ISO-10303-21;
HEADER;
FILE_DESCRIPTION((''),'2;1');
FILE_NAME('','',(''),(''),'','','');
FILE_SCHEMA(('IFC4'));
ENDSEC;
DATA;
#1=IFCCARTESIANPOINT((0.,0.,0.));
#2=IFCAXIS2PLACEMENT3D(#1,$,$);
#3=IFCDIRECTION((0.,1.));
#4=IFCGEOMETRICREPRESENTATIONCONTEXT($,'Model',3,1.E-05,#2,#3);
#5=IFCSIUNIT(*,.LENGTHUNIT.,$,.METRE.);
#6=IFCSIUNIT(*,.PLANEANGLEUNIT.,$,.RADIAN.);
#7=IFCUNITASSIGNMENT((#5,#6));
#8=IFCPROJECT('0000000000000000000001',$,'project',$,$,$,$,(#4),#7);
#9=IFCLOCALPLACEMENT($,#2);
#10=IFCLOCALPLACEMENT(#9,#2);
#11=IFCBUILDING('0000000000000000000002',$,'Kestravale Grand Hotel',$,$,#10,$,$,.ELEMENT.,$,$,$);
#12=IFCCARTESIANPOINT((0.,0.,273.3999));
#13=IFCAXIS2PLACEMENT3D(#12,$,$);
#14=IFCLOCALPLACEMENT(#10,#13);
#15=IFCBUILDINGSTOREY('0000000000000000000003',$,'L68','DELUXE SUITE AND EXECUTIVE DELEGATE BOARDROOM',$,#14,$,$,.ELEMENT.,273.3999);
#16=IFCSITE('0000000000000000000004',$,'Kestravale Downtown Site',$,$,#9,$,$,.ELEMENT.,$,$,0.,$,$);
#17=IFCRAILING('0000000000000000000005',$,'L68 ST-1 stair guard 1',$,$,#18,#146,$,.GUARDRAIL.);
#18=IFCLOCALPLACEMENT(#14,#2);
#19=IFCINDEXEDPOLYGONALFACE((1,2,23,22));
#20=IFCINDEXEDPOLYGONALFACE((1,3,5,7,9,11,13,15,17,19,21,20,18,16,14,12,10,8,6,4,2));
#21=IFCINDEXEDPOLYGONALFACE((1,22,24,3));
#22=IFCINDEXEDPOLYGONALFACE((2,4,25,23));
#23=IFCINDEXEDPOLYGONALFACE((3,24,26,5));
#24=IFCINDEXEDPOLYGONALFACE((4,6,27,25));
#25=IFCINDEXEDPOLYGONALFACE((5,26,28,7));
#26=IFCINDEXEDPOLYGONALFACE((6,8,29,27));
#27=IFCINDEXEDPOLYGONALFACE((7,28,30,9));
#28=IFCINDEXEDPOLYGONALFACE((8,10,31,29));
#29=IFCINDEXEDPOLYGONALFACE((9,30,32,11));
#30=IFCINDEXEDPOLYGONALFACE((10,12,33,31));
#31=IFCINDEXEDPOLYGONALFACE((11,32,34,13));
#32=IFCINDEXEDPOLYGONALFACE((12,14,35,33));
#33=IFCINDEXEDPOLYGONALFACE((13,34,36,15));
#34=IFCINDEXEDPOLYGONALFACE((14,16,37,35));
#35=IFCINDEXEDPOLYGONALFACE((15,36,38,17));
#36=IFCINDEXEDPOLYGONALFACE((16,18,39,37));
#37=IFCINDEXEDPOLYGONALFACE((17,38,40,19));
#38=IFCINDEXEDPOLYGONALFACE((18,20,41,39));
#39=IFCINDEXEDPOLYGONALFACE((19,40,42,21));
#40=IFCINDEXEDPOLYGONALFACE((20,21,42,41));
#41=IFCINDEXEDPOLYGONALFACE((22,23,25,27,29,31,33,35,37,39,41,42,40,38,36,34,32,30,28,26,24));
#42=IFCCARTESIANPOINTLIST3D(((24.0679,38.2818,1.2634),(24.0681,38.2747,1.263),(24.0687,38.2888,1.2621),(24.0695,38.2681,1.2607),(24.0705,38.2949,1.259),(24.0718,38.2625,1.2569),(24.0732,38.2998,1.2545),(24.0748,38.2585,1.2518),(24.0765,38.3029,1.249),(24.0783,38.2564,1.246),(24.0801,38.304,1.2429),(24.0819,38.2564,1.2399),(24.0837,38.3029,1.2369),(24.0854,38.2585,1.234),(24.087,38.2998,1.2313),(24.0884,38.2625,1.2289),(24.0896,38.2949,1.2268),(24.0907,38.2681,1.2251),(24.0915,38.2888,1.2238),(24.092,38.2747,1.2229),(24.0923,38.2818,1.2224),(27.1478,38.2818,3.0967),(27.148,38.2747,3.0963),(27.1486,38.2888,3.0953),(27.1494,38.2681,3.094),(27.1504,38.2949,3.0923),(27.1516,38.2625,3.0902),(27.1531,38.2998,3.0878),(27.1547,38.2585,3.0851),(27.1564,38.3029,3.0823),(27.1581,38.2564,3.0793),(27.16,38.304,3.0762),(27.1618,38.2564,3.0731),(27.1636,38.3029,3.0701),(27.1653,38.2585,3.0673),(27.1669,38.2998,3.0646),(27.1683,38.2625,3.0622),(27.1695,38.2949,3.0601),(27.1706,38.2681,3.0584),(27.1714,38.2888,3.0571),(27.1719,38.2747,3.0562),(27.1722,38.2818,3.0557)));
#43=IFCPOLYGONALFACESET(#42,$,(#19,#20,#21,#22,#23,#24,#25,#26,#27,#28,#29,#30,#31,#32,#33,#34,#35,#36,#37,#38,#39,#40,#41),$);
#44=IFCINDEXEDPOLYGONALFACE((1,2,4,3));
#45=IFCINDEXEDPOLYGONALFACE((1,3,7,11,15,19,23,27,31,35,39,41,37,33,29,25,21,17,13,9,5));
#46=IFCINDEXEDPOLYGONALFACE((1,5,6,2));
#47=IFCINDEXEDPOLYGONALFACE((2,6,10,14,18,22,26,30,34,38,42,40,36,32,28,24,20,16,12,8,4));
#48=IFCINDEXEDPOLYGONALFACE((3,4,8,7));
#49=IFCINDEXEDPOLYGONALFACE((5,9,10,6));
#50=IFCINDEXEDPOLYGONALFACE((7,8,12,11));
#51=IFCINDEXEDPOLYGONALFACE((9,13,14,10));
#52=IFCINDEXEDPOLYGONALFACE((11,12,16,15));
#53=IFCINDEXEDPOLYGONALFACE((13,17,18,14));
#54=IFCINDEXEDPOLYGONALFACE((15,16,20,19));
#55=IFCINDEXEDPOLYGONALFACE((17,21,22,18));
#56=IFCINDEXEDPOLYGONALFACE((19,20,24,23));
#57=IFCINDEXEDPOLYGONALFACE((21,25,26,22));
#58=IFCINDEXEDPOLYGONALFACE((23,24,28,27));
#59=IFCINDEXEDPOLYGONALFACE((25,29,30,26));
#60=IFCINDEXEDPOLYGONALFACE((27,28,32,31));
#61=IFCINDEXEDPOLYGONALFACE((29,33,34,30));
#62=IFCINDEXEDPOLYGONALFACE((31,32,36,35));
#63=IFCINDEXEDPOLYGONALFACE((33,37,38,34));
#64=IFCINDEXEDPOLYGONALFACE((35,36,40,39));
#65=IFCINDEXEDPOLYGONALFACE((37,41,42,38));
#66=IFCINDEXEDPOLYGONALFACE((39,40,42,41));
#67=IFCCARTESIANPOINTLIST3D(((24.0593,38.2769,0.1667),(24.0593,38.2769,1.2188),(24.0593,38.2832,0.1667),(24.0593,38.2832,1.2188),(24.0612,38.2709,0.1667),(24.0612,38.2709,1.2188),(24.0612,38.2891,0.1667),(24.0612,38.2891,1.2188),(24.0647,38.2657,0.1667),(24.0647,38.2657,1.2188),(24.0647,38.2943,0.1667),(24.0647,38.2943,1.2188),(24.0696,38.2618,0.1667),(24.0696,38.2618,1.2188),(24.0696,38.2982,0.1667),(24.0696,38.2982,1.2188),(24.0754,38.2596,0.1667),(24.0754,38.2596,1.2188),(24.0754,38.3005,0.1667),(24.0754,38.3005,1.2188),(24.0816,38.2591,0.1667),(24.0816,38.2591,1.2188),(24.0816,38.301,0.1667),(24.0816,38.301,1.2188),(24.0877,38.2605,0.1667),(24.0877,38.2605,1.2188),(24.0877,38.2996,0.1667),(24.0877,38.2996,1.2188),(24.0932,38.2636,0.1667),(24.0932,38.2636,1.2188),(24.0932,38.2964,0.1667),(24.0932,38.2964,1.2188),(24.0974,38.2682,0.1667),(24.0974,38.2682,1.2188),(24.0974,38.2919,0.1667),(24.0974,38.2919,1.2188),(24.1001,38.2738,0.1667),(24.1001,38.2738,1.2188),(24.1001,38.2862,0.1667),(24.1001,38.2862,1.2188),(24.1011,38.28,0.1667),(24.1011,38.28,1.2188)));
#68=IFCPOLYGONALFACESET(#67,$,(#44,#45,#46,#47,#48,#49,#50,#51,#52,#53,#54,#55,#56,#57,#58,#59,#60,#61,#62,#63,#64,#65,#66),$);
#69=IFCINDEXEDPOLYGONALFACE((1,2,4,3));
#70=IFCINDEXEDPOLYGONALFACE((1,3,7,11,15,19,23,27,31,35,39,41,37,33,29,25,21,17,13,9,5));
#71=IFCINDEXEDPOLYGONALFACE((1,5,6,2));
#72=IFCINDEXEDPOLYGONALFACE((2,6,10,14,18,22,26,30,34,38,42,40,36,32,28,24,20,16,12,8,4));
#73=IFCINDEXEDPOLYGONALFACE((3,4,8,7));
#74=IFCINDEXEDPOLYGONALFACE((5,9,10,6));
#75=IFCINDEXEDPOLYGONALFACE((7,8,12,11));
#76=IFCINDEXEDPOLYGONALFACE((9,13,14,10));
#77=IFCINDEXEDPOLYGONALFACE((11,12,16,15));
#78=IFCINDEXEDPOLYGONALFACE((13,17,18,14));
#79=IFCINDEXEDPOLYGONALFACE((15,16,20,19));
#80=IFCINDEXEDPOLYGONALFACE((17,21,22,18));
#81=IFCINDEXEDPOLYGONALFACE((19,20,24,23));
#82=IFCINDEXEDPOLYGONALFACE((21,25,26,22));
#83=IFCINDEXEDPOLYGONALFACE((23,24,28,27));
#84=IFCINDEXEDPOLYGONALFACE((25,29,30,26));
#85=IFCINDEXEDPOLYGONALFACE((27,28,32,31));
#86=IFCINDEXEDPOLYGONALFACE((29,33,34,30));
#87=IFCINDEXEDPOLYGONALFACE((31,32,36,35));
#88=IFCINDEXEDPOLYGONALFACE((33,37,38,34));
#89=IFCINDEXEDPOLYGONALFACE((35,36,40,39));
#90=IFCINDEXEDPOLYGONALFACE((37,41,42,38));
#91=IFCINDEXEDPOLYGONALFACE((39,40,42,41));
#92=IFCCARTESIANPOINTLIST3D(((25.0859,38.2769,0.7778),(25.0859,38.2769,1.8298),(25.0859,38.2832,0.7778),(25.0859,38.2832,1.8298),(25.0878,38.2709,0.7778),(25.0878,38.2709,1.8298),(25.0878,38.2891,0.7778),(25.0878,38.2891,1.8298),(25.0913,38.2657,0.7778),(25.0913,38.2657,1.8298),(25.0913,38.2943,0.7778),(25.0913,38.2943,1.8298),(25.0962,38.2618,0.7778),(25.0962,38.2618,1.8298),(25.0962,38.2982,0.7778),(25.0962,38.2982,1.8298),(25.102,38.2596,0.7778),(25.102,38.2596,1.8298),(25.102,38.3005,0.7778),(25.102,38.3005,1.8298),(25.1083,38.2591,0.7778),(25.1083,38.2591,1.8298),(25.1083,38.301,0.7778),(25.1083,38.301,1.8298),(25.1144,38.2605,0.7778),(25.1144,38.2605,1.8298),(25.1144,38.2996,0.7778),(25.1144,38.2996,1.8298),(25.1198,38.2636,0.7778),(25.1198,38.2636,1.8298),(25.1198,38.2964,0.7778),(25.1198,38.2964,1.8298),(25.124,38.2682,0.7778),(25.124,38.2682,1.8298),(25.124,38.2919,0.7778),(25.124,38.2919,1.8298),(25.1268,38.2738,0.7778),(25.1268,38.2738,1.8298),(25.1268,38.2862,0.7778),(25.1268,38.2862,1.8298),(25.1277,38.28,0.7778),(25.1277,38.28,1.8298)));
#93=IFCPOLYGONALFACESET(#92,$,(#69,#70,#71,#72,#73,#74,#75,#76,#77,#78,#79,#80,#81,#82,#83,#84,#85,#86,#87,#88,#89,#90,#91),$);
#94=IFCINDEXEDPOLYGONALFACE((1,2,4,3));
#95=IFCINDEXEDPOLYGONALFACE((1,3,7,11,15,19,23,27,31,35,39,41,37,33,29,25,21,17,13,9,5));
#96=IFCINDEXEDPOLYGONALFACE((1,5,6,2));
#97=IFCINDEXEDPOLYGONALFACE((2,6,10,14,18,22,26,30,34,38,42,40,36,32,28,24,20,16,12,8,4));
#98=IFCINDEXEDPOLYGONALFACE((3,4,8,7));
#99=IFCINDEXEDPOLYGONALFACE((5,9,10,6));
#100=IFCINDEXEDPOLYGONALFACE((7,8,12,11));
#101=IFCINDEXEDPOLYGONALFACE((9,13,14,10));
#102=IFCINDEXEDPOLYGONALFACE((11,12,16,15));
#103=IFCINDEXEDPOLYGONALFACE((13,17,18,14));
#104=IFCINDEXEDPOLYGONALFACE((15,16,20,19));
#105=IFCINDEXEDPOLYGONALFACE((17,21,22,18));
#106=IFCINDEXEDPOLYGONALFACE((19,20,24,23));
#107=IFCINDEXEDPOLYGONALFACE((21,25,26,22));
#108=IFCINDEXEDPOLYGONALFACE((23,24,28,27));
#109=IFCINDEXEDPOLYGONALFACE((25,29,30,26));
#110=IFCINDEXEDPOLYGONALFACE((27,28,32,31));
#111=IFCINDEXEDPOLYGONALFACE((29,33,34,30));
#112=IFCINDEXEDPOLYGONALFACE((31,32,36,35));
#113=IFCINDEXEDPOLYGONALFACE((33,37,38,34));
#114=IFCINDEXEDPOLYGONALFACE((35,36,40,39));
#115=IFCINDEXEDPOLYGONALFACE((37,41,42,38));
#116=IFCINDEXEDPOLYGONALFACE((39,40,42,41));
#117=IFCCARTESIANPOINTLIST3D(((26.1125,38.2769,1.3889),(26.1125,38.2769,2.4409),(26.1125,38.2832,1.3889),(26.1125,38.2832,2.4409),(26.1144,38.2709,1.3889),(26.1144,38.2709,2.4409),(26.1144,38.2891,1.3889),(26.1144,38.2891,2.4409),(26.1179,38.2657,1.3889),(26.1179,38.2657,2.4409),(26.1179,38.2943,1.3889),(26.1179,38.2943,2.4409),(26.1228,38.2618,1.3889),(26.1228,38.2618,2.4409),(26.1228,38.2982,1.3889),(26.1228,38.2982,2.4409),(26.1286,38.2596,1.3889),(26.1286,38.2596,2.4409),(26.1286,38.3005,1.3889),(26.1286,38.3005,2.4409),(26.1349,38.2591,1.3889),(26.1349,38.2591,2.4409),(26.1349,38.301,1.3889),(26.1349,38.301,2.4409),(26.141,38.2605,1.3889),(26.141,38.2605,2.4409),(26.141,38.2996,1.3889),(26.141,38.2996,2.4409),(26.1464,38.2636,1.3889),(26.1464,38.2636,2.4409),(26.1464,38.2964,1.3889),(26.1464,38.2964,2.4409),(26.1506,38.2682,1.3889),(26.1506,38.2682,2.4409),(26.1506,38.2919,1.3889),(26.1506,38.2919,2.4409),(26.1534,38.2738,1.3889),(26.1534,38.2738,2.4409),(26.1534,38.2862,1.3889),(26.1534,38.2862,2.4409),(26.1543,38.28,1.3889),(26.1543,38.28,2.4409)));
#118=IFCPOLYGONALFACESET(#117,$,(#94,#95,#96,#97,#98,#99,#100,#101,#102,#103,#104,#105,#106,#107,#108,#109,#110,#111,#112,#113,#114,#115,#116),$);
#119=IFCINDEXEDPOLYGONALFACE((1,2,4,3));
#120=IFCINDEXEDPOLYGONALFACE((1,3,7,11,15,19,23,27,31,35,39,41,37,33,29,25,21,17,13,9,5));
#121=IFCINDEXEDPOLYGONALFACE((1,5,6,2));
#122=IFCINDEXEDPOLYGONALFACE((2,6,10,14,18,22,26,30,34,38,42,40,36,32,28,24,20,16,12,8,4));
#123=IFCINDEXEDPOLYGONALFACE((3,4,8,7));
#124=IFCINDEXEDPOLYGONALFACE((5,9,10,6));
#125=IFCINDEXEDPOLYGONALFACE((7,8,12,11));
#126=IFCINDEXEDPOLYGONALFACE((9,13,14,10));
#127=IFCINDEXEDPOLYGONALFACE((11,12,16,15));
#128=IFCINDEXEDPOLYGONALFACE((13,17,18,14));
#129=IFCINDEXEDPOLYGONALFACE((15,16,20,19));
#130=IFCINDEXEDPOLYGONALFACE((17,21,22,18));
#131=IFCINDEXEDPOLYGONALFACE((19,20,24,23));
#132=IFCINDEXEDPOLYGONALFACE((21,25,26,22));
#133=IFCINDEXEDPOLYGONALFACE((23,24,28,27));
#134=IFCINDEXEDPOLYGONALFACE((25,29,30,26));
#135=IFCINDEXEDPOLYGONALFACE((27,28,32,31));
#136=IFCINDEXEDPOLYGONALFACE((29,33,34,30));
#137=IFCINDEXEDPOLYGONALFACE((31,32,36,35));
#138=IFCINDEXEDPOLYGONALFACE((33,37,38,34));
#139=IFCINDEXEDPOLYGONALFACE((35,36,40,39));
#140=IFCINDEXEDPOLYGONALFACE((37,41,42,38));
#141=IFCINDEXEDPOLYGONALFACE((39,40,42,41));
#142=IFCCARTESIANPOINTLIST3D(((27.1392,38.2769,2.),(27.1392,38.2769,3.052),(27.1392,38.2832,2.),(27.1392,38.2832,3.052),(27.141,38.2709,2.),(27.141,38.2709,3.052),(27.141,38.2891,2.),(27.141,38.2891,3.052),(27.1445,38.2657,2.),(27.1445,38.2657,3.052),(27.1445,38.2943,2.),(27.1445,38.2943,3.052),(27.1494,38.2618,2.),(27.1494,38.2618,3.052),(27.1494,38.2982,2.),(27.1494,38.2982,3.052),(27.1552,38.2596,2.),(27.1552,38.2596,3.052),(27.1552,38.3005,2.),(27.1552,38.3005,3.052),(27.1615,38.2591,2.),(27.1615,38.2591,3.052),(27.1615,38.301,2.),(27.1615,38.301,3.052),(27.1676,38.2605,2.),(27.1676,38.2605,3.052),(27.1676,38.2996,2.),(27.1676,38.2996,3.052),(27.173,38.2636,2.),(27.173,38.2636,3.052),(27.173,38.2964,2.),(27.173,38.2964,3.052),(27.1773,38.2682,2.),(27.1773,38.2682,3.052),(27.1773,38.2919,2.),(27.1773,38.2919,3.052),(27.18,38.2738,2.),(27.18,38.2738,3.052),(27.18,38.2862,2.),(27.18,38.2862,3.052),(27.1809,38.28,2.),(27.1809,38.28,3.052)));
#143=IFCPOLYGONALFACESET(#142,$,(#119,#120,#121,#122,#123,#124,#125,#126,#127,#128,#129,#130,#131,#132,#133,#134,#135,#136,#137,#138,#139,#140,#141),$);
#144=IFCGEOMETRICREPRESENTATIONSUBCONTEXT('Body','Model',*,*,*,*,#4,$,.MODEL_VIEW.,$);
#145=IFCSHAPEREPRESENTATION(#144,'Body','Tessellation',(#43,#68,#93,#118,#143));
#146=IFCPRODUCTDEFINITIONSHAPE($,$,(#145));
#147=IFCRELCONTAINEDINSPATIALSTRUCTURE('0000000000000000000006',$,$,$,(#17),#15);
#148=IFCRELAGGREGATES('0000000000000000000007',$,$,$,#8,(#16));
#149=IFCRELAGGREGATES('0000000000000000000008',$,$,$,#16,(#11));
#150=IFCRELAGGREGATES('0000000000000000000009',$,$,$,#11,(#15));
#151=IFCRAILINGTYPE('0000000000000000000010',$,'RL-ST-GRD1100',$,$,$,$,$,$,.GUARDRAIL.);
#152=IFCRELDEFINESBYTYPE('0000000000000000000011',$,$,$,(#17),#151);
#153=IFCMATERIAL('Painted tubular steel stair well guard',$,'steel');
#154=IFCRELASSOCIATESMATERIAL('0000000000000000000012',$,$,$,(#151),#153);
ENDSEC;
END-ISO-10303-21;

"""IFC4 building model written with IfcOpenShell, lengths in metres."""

from ifc_helpers import new_model, si_unit, direction, frame, origin, origin_2d, place, context, subcontext, project, spatial, circle, extrude, material, type_object, element, save


model = new_model("IFC4")

# Units and contexts
model_context = context("Model", 3, precision=1e-05, world=origin(), true_north=direction((0.0, 1.0)))
body_context = subcontext(model_context, "Body", "Model", "MODEL_VIEW")
ifc_project = project(units=[si_unit("LENGTHUNIT", "METRE"), si_unit("PLANEANGLEUNIT", "RADIAN")], contexts=[model_context])

# Site, building, storey
site_placement = place(None, origin())
site = spatial("IfcSite", under=ifc_project, at=site_placement, Name="Kestravale Downtown Site", CompositionType="ELEMENT", RefElevation=0.0)
building_placement = place(site_placement, origin())
building = spatial("IfcBuilding", under=site, at=building_placement, Name="Kestravale Grand Hotel", CompositionType="ELEMENT")
storey_placement = place(building_placement, frame((0.0, 0.0, 273.3999)))
storey = spatial("IfcBuildingStorey", under=building, at=storey_placement, Name="L68", Description="DELUXE SUITE AND EXECUTIVE DELEGATE BOARDROOM", CompositionType="ELEMENT", Elevation=273.3999)

# Railing
ifc_material_1 = material(Name="Painted tubular steel stair well guard", Category="steel")
railing_type_1 = type_object("IfcRailingType", Name="RL-ST-GRD1100", PredefinedType="GUARDRAIL", material=ifc_material_1)
railing_1_placement = place(storey_placement, frame((24.0801, 38.28, 0.1667)))
element("IfcRailing", 1, at=railing_1_placement, inside=storey, type_object=railing_type_1, Name="L68 ST-1 stair guard 1", PredefinedType="GUARDRAIL", context=body_context, shape_type="SweptSolid", body=[
    extrude(circle(Radius=0.0239, at=origin_2d()), frame((0.0, 0.0, 1.0762), z_axis=(0.859291, 0.0, 0.511487), x_axis=(0.0, 1.0, 0.0)), (0.0, 0.0, 1.0), 3.5842),
    extrude(circle(Radius=0.021, at=origin_2d()), origin(), (0.0, 0.0, 1.0), 1.052),
    extrude(circle(Radius=0.021, at=origin_2d()), frame((1.0266, 0.0, 0.6111)), (0.0, 0.0, 1.0), 1.052),
    extrude(circle(Radius=0.021, at=origin_2d()), frame((2.0532, 0.0, 1.2222)), (0.0, 0.0, 1.0), 1.052),
    extrude(circle(Radius=0.021, at=origin_2d()), frame((3.0798, 0.0, 1.8333)), (0.0, 0.0, 1.0), 1.052),
])

save(model, "model.ifc")
